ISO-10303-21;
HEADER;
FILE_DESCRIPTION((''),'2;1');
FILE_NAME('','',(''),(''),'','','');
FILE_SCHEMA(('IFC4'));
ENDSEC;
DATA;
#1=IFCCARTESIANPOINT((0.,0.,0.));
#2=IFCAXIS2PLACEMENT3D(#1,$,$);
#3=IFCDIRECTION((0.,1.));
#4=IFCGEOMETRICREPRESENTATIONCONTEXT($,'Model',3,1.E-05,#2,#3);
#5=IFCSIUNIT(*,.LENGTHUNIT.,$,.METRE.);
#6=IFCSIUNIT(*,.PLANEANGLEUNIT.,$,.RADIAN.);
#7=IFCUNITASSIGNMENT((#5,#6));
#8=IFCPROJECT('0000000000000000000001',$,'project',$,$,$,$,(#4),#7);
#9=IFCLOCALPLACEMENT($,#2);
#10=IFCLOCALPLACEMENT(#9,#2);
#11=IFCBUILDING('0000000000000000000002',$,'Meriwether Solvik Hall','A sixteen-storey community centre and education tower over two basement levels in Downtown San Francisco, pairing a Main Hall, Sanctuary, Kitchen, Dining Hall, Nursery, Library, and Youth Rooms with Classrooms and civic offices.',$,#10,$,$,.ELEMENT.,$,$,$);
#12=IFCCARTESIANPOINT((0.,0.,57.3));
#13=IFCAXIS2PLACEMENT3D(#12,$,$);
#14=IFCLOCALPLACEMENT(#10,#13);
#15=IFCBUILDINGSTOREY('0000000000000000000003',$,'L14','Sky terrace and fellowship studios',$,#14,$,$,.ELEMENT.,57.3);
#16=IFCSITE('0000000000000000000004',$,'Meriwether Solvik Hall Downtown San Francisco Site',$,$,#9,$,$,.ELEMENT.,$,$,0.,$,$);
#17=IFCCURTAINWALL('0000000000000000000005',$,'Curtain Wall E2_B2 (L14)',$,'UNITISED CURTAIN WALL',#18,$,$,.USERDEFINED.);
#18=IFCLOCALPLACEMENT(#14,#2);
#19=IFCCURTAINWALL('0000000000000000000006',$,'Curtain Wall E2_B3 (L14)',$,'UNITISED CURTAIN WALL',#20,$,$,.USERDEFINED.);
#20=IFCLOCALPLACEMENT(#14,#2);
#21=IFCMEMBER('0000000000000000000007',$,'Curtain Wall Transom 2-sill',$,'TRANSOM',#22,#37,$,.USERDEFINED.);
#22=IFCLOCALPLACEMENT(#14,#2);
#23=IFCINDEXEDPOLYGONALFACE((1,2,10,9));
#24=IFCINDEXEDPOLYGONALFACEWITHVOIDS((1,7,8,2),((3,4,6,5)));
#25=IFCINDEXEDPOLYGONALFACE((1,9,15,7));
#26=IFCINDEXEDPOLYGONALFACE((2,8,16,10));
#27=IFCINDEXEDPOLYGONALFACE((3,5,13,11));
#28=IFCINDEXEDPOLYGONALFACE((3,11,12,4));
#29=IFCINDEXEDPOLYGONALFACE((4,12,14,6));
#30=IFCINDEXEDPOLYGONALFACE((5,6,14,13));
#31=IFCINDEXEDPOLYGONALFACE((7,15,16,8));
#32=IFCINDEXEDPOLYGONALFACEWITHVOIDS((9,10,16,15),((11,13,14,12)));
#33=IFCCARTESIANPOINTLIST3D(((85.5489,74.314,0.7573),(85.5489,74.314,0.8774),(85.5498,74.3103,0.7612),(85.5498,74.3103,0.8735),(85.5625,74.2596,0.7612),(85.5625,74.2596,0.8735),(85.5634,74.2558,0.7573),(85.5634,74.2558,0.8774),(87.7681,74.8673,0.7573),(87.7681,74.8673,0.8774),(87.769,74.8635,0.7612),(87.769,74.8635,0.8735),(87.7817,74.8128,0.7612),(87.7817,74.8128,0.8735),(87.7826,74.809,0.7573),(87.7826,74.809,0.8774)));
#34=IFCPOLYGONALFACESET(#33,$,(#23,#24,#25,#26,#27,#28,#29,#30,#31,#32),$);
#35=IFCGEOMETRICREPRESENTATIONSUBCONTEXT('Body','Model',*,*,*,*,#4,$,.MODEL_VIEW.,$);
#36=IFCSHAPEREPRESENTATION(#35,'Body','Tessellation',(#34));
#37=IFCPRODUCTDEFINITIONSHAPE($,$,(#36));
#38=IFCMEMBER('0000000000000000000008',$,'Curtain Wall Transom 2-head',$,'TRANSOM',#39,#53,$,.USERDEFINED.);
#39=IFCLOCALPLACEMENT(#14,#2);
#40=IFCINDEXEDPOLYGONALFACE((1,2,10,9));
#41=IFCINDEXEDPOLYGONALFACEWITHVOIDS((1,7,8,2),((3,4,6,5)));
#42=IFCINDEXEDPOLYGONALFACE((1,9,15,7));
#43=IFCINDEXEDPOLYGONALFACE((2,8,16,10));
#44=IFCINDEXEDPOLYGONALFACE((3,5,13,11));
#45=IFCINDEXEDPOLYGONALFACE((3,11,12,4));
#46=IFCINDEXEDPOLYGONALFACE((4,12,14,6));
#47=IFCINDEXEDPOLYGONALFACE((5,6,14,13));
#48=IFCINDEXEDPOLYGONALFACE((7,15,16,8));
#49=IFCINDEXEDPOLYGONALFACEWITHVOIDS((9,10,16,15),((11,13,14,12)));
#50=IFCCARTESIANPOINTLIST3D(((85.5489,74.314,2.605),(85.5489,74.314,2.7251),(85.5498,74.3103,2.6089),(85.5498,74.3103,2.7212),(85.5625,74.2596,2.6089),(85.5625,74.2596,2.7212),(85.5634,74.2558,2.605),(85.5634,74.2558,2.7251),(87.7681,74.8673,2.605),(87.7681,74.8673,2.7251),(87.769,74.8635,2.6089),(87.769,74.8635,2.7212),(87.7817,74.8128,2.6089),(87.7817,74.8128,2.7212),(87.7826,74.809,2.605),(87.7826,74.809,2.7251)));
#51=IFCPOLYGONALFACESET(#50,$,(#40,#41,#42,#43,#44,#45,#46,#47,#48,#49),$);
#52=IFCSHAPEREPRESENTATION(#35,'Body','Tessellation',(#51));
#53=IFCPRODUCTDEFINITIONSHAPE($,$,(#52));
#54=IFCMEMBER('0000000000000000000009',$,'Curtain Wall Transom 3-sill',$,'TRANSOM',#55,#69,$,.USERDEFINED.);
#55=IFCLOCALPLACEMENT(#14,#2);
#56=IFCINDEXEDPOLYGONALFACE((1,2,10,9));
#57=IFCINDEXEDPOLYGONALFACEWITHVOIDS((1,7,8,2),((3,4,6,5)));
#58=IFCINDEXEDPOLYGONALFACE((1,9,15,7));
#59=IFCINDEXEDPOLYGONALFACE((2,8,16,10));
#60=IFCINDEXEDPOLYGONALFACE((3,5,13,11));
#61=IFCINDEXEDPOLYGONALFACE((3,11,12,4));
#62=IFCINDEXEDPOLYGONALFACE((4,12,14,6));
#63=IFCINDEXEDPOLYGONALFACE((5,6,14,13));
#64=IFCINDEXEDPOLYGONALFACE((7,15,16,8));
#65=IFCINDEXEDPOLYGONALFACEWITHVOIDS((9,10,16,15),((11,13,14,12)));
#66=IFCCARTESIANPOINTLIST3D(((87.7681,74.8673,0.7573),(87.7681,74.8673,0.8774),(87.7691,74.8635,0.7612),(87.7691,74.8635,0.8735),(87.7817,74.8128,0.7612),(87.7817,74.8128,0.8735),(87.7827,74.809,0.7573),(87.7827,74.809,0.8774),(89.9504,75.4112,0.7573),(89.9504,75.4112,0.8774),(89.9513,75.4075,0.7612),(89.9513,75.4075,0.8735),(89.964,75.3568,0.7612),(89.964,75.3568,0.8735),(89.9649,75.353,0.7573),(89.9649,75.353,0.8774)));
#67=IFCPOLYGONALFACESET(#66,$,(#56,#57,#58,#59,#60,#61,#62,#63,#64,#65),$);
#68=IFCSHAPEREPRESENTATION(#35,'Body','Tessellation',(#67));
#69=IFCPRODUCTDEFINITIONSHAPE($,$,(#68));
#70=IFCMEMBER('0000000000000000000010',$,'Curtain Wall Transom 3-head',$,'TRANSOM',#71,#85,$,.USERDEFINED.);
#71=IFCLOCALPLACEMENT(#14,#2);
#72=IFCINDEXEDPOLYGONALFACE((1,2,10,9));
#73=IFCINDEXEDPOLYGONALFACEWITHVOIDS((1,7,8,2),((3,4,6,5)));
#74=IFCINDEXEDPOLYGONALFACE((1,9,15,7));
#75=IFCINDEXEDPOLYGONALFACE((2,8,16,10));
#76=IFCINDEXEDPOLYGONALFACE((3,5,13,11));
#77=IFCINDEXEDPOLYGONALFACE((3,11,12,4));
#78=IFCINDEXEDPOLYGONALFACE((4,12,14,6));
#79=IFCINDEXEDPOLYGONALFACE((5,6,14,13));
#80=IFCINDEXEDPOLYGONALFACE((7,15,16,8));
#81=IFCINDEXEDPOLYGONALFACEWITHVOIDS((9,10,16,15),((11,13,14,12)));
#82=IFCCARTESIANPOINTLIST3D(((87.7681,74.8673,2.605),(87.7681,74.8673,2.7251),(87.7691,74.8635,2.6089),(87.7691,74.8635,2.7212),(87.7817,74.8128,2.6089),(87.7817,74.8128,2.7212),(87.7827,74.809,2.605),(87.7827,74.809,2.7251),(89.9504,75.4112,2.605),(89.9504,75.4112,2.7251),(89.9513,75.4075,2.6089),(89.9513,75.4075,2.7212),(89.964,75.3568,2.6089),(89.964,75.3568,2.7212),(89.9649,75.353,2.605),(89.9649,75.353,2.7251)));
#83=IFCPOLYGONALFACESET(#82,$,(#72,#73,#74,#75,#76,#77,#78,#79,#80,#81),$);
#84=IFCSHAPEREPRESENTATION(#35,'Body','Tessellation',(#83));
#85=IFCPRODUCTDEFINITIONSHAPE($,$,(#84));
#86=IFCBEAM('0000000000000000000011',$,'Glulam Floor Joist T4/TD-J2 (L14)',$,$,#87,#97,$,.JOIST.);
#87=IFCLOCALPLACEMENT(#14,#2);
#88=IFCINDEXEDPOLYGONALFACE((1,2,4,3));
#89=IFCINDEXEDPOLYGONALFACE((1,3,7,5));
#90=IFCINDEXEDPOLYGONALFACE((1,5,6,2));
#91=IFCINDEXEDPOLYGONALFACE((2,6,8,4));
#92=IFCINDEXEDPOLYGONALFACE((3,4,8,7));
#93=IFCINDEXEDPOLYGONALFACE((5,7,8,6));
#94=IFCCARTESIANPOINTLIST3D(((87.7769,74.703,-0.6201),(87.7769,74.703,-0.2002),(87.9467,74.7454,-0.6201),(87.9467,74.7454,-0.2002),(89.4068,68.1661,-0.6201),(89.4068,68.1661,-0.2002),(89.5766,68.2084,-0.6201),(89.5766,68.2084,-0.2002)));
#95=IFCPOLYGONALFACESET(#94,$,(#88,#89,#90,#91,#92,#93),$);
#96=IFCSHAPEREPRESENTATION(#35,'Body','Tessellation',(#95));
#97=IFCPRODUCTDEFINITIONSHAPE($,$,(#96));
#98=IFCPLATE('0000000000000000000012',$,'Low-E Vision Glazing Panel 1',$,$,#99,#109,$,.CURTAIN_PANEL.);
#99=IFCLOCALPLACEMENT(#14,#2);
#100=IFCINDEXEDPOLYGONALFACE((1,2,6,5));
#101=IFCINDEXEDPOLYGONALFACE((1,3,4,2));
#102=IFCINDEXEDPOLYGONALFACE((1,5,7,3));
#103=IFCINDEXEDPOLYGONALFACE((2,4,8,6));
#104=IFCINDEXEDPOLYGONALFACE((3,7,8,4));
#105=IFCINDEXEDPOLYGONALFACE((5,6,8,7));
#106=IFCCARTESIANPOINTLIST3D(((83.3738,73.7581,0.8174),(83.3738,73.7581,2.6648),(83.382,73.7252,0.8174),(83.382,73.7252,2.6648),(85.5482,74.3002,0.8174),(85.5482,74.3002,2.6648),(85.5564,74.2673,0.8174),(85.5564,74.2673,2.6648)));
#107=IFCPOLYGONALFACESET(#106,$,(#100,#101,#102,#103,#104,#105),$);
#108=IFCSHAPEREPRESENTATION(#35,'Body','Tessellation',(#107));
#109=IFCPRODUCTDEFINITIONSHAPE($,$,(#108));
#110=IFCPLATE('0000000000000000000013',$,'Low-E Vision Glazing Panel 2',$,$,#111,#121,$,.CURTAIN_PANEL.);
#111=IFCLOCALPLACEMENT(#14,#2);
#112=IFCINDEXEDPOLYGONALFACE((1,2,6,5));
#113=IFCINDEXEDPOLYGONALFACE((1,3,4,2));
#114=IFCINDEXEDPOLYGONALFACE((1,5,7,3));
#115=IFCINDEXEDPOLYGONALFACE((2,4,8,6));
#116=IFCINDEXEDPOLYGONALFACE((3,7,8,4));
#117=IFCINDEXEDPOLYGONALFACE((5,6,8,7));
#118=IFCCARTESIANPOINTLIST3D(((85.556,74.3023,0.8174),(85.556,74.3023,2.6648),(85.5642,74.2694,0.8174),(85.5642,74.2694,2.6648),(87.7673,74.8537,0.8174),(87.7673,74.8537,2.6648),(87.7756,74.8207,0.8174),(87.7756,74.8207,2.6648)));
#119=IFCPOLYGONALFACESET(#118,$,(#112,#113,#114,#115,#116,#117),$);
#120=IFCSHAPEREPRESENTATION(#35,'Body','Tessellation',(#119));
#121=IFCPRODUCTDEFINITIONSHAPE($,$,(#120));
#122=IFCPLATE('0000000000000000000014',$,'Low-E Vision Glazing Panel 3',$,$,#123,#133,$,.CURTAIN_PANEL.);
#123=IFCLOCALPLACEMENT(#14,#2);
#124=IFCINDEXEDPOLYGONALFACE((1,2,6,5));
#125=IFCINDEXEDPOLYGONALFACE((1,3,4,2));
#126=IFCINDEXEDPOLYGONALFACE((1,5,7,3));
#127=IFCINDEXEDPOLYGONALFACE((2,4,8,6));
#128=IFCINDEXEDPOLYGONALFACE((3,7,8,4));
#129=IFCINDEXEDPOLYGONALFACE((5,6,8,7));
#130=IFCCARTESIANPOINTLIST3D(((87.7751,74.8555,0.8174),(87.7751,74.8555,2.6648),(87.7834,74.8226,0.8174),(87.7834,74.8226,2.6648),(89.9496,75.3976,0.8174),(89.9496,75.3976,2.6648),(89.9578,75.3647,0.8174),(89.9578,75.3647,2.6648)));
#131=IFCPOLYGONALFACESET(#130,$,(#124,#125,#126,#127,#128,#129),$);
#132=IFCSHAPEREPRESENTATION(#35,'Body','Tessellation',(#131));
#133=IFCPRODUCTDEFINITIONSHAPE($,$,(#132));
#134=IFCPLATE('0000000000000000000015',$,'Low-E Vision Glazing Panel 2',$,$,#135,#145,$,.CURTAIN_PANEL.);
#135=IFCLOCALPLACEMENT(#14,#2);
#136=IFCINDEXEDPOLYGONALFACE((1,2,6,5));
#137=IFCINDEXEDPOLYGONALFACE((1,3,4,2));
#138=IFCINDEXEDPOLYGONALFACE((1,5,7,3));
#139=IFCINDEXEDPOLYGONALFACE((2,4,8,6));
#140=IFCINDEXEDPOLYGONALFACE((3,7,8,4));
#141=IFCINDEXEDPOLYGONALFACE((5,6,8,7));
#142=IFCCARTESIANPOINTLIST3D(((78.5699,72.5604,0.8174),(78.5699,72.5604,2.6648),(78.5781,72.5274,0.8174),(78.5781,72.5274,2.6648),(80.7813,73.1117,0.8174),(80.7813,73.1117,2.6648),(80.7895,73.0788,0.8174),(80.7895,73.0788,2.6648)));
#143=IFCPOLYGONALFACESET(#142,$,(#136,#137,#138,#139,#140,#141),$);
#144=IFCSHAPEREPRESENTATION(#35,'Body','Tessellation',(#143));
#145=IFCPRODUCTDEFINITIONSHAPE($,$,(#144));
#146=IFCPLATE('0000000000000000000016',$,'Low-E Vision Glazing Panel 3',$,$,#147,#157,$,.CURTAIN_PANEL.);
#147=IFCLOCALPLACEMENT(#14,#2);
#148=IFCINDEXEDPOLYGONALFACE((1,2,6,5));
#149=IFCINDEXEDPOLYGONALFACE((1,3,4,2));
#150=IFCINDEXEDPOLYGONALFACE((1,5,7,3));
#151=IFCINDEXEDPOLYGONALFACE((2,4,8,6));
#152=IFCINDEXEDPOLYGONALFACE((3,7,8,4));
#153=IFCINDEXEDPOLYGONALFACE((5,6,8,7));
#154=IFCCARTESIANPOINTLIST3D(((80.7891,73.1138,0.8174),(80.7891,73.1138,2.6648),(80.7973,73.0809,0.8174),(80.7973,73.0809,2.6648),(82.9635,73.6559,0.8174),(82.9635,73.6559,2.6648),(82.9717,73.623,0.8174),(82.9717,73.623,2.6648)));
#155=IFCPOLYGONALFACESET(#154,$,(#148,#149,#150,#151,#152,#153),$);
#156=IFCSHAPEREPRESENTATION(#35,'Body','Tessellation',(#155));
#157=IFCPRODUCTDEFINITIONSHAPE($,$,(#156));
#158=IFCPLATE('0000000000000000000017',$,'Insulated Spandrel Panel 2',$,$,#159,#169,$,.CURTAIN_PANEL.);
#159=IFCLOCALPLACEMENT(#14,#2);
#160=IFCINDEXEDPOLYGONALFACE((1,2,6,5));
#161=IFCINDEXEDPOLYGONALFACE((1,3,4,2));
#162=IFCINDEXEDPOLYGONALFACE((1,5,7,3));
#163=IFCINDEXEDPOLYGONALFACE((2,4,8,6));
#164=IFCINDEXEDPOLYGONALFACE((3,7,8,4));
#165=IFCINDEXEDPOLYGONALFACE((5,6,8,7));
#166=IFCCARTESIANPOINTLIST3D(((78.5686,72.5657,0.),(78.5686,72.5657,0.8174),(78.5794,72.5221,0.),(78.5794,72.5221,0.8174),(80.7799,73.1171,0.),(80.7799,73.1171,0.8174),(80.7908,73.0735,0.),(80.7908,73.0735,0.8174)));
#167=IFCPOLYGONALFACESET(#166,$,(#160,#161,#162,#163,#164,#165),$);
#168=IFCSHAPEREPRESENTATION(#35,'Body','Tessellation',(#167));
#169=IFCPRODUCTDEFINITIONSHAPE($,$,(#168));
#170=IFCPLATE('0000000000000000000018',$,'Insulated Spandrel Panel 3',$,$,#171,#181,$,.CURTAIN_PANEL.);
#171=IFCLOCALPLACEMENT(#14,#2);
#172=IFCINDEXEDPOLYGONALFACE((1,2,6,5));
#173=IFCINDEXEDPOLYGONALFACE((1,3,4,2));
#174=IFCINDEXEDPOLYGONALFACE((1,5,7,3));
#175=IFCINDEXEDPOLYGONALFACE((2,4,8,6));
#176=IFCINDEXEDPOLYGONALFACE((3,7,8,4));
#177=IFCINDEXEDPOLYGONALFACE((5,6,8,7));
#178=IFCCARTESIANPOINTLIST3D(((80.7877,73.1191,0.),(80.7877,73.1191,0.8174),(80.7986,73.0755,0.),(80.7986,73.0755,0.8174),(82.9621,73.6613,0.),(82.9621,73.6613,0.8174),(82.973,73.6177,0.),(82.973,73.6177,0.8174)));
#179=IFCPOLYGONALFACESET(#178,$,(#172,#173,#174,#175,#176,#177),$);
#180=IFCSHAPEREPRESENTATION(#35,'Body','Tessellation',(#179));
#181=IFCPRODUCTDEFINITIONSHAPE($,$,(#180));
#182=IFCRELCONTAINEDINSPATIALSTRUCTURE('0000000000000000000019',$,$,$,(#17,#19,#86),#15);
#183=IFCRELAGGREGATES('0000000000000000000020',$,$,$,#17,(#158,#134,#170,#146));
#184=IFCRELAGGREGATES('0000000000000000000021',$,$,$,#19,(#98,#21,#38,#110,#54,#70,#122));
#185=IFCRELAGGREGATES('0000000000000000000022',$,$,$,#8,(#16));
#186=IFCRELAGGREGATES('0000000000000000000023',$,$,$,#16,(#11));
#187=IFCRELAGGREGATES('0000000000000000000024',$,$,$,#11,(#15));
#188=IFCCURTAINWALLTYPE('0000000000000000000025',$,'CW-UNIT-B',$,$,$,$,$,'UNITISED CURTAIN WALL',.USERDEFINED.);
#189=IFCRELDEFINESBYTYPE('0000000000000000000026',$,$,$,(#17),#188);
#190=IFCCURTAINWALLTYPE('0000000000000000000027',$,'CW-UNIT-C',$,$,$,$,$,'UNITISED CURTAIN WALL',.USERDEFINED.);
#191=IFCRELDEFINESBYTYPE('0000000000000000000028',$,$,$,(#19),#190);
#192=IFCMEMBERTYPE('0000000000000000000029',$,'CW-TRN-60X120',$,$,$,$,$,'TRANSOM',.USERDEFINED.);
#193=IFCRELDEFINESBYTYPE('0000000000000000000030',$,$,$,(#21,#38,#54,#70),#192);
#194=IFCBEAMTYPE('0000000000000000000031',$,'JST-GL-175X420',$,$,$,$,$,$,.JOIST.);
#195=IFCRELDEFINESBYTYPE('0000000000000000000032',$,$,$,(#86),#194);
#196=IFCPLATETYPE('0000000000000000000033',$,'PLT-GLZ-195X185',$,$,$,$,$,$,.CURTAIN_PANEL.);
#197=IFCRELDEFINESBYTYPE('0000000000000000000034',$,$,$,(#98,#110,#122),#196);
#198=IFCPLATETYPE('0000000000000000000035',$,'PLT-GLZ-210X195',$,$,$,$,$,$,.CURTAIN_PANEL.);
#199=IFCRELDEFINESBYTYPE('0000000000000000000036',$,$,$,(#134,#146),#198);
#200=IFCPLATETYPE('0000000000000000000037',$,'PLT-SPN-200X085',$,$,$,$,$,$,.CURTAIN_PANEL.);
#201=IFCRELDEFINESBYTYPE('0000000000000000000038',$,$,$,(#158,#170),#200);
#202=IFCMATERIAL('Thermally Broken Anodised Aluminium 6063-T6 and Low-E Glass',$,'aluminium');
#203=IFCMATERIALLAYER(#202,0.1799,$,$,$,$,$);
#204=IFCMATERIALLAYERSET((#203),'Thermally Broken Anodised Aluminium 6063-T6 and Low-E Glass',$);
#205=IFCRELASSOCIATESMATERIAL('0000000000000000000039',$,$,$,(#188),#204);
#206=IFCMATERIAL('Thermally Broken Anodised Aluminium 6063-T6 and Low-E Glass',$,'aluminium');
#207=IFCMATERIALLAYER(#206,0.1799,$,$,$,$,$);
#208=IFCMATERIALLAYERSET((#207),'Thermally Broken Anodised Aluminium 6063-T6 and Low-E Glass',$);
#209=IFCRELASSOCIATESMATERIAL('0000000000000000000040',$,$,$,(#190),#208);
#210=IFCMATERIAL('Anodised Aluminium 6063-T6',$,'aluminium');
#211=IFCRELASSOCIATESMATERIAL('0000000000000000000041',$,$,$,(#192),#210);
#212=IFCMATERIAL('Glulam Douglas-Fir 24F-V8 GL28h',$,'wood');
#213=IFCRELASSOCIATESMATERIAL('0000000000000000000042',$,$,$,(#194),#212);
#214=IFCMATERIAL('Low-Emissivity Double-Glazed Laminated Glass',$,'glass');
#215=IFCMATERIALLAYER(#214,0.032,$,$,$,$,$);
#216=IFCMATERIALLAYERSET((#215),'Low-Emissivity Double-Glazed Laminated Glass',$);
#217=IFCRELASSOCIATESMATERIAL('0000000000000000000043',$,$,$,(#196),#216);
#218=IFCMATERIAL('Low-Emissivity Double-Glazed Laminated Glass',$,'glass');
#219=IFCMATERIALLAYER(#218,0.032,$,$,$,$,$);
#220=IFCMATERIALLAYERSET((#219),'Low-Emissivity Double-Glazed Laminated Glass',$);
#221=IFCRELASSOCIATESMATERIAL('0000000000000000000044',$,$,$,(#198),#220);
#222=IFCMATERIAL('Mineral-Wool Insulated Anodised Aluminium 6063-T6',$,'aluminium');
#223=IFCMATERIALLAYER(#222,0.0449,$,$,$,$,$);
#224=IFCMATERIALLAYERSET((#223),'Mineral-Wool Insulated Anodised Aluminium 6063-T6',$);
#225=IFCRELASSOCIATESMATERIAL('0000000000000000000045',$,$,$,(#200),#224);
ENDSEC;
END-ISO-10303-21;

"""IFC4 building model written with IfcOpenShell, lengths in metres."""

from ifc_helpers import new_model, si_unit, direction, frame, origin, origin_2d, place, context, subcontext, project, spatial, rectangle, hollow_rectangle, extrude, material, layer, layer_set, material_profile, profile_set, type_object, element, aggregate, save


model = new_model("IFC4")

# Units and contexts
model_context = context("Model", 3, precision=1e-05, world=origin(), true_north=direction((0.0, 1.0)))
body_context = subcontext(model_context, "Body", "Model", "MODEL_VIEW")
ifc_project = project(units=[si_unit("LENGTHUNIT", "METRE"), si_unit("PLANEANGLEUNIT", "RADIAN")], contexts=[model_context])

# Site, building, storey
site_placement = place(None, origin())
site = spatial("IfcSite", under=ifc_project, at=site_placement, Name="Meriwether Solvik Hall Downtown San Francisco Site", CompositionType="ELEMENT", RefElevation=0.0)
building_placement = place(site_placement, origin())
building = spatial("IfcBuilding", under=site, at=building_placement, Name="Meriwether Solvik Hall", Description="A sixteen-storey community centre and education tower over two basement levels in Downtown San Francisco, pairing a Main Hall, Sanctuary, Kitchen, Dining Hall, Nursery, Library, and Youth Rooms with Classrooms and civic offices.", CompositionType="ELEMENT")
storey_placement = place(building_placement, frame((0.0, 0.0, 57.3)))
storey = spatial("IfcBuildingStorey", under=building, at=storey_placement, Name="L14", Description="Sky terrace and fellowship studios", CompositionType="ELEMENT", Elevation=57.3)

# Curtain walls
ifc_material_1 = material(Name="Thermally Broken Anodised Aluminium 6063-T6 and Low-E Glass", Category="aluminium")
ifc_layer_1 = layer(ifc_material_1, 0.1799)
ifc_layer_set_1 = layer_set([ifc_layer_1], Name="Thermally Broken Anodised Aluminium 6063-T6 and Low-E Glass")
curtain_wall_type_1 = type_object("IfcCurtainWallType", Name="CW-UNIT-B", ElementType="UNITISED CURTAIN WALL", PredefinedType="USERDEFINED", material=ifc_layer_set_1)
curtain_wall_1_placement = place(storey_placement, origin())
curtain_wall_1 = element("IfcCurtainWall", 1, at=curtain_wall_1_placement, inside=storey, type_object=curtain_wall_type_1, Name="Curtain Wall E2_B2 (L14)", ObjectType="UNITISED CURTAIN WALL", PredefinedType="USERDEFINED")
ifc_material_2 = material(Name="Thermally Broken Anodised Aluminium 6063-T6 and Low-E Glass", Category="aluminium")
ifc_layer_2 = layer(ifc_material_2, 0.1799)
ifc_layer_set_2 = layer_set([ifc_layer_2], Name="Thermally Broken Anodised Aluminium 6063-T6 and Low-E Glass")
curtain_wall_type_2 = type_object("IfcCurtainWallType", Name="CW-UNIT-C", ElementType="UNITISED CURTAIN WALL", PredefinedType="USERDEFINED", material=ifc_layer_set_2)
curtain_wall_2_placement = place(storey_placement, origin())
curtain_wall_2 = element("IfcCurtainWall", 2, at=curtain_wall_2_placement, inside=storey, type_object=curtain_wall_type_2, Name="Curtain Wall E2_B3 (L14)", ObjectType="UNITISED CURTAIN WALL", PredefinedType="USERDEFINED")

# Members
ifc_material_3 = material(Name="Anodised Aluminium 6063-T6", Category="aluminium")
ifc_material_profile_1 = material_profile(ifc_material_3, hollow_rectangle(XDim=0.0601, YDim=0.1201, WallThickness=0.0039, at=origin_2d()), Name="CWT-60X120")
ifc_profile_set_1 = profile_set([ifc_material_profile_1], Name="Anodised Aluminium 6063-T6")
member_type_1 = type_object("IfcMemberType", Name="CW-TRN-60X120", ElementType="TRANSOM", PredefinedType="USERDEFINED", material=ifc_profile_set_1)
member_1_placement = place(storey_placement, frame((85.5562, 74.2849, 0.8174), z_axis=(0.970306, 0.241883, 0.0), x_axis=(-0.241883, 0.970306, 0.0)))
member_1 = element("IfcMember", 3, at=member_1_placement, type_object=member_type_1, Name="Curtain Wall Transom 2-sill", ObjectType="TRANSOM", PredefinedType="USERDEFINED", context=body_context, shape_type="SweptSolid", body=[
    extrude(hollow_rectangle(XDim=0.0601, YDim=0.1201, WallThickness=0.0039, at=origin_2d()), origin(), (0.0, 0.0, 1.0), 2.2871),
])
member_2_placement = place(storey_placement, frame((85.5562, 74.2849, 2.665), z_axis=(0.970306, 0.241883, 0.0), x_axis=(-0.241883, 0.970306, 0.0)))
member_2 = element("IfcMember", 4, at=member_2_placement, type_object=member_type_1, Name="Curtain Wall Transom 2-head", ObjectType="TRANSOM", PredefinedType="USERDEFINED", context=body_context, shape_type="SweptSolid", body=[
    extrude(hollow_rectangle(XDim=0.0601, YDim=0.1201, WallThickness=0.0039, at=origin_2d()), origin(), (0.0, 0.0, 1.0), 2.2871),
])
member_3_placement = place(storey_placement, frame((87.7754, 74.8381, 0.8174), z_axis=(0.970308, 0.241871, 0.0), x_axis=(-0.241871, 0.970308, 0.0)))
member_3 = element("IfcMember", 5, at=member_3_placement, type_object=member_type_1, Name="Curtain Wall Transom 3-sill", ObjectType="TRANSOM", PredefinedType="USERDEFINED", context=body_context, shape_type="SweptSolid", body=[
    extrude(hollow_rectangle(XDim=0.0601, YDim=0.1201, WallThickness=0.0039, at=origin_2d()), origin(), (0.0, 0.0, 1.0), 2.249),
])
member_4_placement = place(storey_placement, frame((87.7754, 74.8381, 2.665), z_axis=(0.970308, 0.241871, 0.0), x_axis=(-0.241871, 0.970308, 0.0)))
member_4 = element("IfcMember", 6, at=member_4_placement, type_object=member_type_1, Name="Curtain Wall Transom 3-head", ObjectType="TRANSOM", PredefinedType="USERDEFINED", context=body_context, shape_type="SweptSolid", body=[
    extrude(hollow_rectangle(XDim=0.0601, YDim=0.1201, WallThickness=0.0039, at=origin_2d()), origin(), (0.0, 0.0, 1.0), 2.249),
])

# Beam
ifc_material_4 = material(Name="Glulam Douglas-Fir 24F-V8 GL28h", Category="wood")
ifc_material_profile_2 = material_profile(ifc_material_4, rectangle(XDim=0.175, YDim=0.4199, at=origin_2d()), Name="GLJ-175X420")
ifc_profile_set_2 = profile_set([ifc_material_profile_2], Name="Glulam Douglas-Fir 24F-V8 GL28h")
beam_type_1 = type_object("IfcBeamType", Name="JST-GL-175X420", PredefinedType="JOIST", material=ifc_profile_set_2)
beam_1_placement = place(storey_placement, frame((89.4917, 68.1873, -0.4102), z_axis=(-0.24193, 0.970294, 0.0), x_axis=(-0.970294, -0.24193, 0.0)))
element("IfcBeam", 7, at=beam_1_placement, inside=storey, type_object=beam_type_1, Name="Glulam Floor Joist T4/TD-J2 (L14)", PredefinedType="JOIST", context=body_context, shape_type="SweptSolid", body=[
    extrude(rectangle(XDim=0.175, YDim=0.4199, at=origin_2d()), origin(), (0.0, 0.0, 1.0), 6.7371),
])

# Plates
ifc_material_5 = material(Name="Low-Emissivity Double-Glazed Laminated Glass", Category="glass")
ifc_layer_3 = layer(ifc_material_5, 0.032)
ifc_layer_set_3 = layer_set([ifc_layer_3], Name="Low-Emissivity Double-Glazed Laminated Glass")
plate_type_1 = type_object("IfcPlateType", Name="PLT-GLZ-195X185", PredefinedType="CURTAIN_PANEL", material=ifc_layer_set_3)
plate_1_placement = place(storey_placement, frame((84.4651, 74.0127, 0.8174), z_axis=(0.0, 0.0, 1.0), x_axis=(0.970296, 0.241922, 0.0)))
plate_1 = element("IfcPlate", 8, at=plate_1_placement, type_object=plate_type_1, Name="Low-E Vision Glazing Panel 1", PredefinedType="CURTAIN_PANEL", context=body_context, shape_type="SweptSolid", body=[
    extrude(rectangle(XDim=2.241, YDim=0.0339, at=origin_2d()), origin(), (0.0, 0.0, 1.0), 1.8474),
])
plate_2_placement = place(storey_placement, frame((86.6658, 74.5615, 0.8174), z_axis=(0.0, 0.0, 1.0), x_axis=(0.970296, 0.241922, 0.0)))
plate_2 = element("IfcPlate", 9, at=plate_2_placement, type_object=plate_type_1, Name="Low-E Vision Glazing Panel 2", PredefinedType="CURTAIN_PANEL", context=body_context, shape_type="SweptSolid", body=[
    extrude(rectangle(XDim=2.2791, YDim=0.0339, at=origin_2d()), origin(), (0.0, 0.0, 1.0), 1.8474),
])
plate_3_placement = place(storey_placement, frame((88.8665, 75.1101, 0.8174), z_axis=(0.0, 0.0, 1.0), x_axis=(0.970296, 0.241922, 0.0)))
plate_3 = element("IfcPlate", 10, at=plate_3_placement, type_object=plate_type_1, Name="Low-E Vision Glazing Panel 3", PredefinedType="CURTAIN_PANEL", context=body_context, shape_type="SweptSolid", body=[
    extrude(rectangle(XDim=2.241, YDim=0.0339, at=origin_2d()), origin(), (0.0, 0.0, 1.0), 1.8474),
])
ifc_material_6 = material(Name="Low-Emissivity Double-Glazed Laminated Glass", Category="glass")
ifc_layer_4 = layer(ifc_material_6, 0.032)
ifc_layer_set_4 = layer_set([ifc_layer_4], Name="Low-Emissivity Double-Glazed Laminated Glass")
plate_type_2 = type_object("IfcPlateType", Name="PLT-GLZ-210X195", PredefinedType="CURTAIN_PANEL", material=ifc_layer_set_4)
plate_4_placement = place(storey_placement, frame((79.6797, 72.8196, 0.8174), z_axis=(0.0, 0.0, 1.0), x_axis=(0.970296, 0.241922, 0.0)))
plate_4 = element("IfcPlate", 11, at=plate_4_placement, type_object=plate_type_2, Name="Low-E Vision Glazing Panel 2", PredefinedType="CURTAIN_PANEL", context=body_context, shape_type="SweptSolid", body=[
    extrude(rectangle(XDim=2.2791, YDim=0.0339, at=origin_2d()), origin(), (0.0, 0.0, 1.0), 1.8474),
])
plate_5_placement = place(storey_placement, frame((81.8804, 73.3684, 0.8174), z_axis=(0.0, 0.0, 1.0), x_axis=(0.970296, 0.241922, 0.0)))
plate_5 = element("IfcPlate", 12, at=plate_5_placement, type_object=plate_type_2, Name="Low-E Vision Glazing Panel 3", PredefinedType="CURTAIN_PANEL", context=body_context, shape_type="SweptSolid", body=[
    extrude(rectangle(XDim=2.241, YDim=0.0339, at=origin_2d()), origin(), (0.0, 0.0, 1.0), 1.8474),
])
ifc_material_7 = material(Name="Mineral-Wool Insulated Anodised Aluminium 6063-T6", Category="aluminium")
ifc_layer_5 = layer(ifc_material_7, 0.0449)
ifc_layer_set_5 = layer_set([ifc_layer_5], Name="Mineral-Wool Insulated Anodised Aluminium 6063-T6")
plate_type_3 = type_object("IfcPlateType", Name="PLT-SPN-200X085", PredefinedType="CURTAIN_PANEL", material=ifc_layer_set_5)
plate_6_placement = place(storey_placement, frame((79.6797, 72.8196, 0.0), z_axis=(0.0, 0.0, 1.0), x_axis=(0.970296, 0.241922, 0.0)))
plate_6 = element("IfcPlate", 13, at=plate_6_placement, type_object=plate_type_3, Name="Insulated Spandrel Panel 2", PredefinedType="CURTAIN_PANEL", context=body_context, shape_type="SweptSolid", body=[
    extrude(rectangle(XDim=2.2791, YDim=0.0449, at=origin_2d()), origin(), (0.0, 0.0, 1.0), 0.8174),
])
plate_7_placement = place(storey_placement, frame((81.8804, 73.3684, 0.0), z_axis=(0.0, 0.0, 1.0), x_axis=(0.970296, 0.241922, 0.0)))
plate_7 = element("IfcPlate", 14, at=plate_7_placement, type_object=plate_type_3, Name="Insulated Spandrel Panel 3", PredefinedType="CURTAIN_PANEL", context=body_context, shape_type="SweptSolid", body=[
    extrude(rectangle(XDim=2.241, YDim=0.0449, at=origin_2d()), origin(), (0.0, 0.0, 1.0), 0.8174),
])
aggregate(curtain_wall_1, [plate_6, plate_4, plate_7, plate_5])
aggregate(curtain_wall_2, [plate_1, member_1, member_2, plate_2, member_3, member_4, plate_3])

save(model, "model.ifc")
